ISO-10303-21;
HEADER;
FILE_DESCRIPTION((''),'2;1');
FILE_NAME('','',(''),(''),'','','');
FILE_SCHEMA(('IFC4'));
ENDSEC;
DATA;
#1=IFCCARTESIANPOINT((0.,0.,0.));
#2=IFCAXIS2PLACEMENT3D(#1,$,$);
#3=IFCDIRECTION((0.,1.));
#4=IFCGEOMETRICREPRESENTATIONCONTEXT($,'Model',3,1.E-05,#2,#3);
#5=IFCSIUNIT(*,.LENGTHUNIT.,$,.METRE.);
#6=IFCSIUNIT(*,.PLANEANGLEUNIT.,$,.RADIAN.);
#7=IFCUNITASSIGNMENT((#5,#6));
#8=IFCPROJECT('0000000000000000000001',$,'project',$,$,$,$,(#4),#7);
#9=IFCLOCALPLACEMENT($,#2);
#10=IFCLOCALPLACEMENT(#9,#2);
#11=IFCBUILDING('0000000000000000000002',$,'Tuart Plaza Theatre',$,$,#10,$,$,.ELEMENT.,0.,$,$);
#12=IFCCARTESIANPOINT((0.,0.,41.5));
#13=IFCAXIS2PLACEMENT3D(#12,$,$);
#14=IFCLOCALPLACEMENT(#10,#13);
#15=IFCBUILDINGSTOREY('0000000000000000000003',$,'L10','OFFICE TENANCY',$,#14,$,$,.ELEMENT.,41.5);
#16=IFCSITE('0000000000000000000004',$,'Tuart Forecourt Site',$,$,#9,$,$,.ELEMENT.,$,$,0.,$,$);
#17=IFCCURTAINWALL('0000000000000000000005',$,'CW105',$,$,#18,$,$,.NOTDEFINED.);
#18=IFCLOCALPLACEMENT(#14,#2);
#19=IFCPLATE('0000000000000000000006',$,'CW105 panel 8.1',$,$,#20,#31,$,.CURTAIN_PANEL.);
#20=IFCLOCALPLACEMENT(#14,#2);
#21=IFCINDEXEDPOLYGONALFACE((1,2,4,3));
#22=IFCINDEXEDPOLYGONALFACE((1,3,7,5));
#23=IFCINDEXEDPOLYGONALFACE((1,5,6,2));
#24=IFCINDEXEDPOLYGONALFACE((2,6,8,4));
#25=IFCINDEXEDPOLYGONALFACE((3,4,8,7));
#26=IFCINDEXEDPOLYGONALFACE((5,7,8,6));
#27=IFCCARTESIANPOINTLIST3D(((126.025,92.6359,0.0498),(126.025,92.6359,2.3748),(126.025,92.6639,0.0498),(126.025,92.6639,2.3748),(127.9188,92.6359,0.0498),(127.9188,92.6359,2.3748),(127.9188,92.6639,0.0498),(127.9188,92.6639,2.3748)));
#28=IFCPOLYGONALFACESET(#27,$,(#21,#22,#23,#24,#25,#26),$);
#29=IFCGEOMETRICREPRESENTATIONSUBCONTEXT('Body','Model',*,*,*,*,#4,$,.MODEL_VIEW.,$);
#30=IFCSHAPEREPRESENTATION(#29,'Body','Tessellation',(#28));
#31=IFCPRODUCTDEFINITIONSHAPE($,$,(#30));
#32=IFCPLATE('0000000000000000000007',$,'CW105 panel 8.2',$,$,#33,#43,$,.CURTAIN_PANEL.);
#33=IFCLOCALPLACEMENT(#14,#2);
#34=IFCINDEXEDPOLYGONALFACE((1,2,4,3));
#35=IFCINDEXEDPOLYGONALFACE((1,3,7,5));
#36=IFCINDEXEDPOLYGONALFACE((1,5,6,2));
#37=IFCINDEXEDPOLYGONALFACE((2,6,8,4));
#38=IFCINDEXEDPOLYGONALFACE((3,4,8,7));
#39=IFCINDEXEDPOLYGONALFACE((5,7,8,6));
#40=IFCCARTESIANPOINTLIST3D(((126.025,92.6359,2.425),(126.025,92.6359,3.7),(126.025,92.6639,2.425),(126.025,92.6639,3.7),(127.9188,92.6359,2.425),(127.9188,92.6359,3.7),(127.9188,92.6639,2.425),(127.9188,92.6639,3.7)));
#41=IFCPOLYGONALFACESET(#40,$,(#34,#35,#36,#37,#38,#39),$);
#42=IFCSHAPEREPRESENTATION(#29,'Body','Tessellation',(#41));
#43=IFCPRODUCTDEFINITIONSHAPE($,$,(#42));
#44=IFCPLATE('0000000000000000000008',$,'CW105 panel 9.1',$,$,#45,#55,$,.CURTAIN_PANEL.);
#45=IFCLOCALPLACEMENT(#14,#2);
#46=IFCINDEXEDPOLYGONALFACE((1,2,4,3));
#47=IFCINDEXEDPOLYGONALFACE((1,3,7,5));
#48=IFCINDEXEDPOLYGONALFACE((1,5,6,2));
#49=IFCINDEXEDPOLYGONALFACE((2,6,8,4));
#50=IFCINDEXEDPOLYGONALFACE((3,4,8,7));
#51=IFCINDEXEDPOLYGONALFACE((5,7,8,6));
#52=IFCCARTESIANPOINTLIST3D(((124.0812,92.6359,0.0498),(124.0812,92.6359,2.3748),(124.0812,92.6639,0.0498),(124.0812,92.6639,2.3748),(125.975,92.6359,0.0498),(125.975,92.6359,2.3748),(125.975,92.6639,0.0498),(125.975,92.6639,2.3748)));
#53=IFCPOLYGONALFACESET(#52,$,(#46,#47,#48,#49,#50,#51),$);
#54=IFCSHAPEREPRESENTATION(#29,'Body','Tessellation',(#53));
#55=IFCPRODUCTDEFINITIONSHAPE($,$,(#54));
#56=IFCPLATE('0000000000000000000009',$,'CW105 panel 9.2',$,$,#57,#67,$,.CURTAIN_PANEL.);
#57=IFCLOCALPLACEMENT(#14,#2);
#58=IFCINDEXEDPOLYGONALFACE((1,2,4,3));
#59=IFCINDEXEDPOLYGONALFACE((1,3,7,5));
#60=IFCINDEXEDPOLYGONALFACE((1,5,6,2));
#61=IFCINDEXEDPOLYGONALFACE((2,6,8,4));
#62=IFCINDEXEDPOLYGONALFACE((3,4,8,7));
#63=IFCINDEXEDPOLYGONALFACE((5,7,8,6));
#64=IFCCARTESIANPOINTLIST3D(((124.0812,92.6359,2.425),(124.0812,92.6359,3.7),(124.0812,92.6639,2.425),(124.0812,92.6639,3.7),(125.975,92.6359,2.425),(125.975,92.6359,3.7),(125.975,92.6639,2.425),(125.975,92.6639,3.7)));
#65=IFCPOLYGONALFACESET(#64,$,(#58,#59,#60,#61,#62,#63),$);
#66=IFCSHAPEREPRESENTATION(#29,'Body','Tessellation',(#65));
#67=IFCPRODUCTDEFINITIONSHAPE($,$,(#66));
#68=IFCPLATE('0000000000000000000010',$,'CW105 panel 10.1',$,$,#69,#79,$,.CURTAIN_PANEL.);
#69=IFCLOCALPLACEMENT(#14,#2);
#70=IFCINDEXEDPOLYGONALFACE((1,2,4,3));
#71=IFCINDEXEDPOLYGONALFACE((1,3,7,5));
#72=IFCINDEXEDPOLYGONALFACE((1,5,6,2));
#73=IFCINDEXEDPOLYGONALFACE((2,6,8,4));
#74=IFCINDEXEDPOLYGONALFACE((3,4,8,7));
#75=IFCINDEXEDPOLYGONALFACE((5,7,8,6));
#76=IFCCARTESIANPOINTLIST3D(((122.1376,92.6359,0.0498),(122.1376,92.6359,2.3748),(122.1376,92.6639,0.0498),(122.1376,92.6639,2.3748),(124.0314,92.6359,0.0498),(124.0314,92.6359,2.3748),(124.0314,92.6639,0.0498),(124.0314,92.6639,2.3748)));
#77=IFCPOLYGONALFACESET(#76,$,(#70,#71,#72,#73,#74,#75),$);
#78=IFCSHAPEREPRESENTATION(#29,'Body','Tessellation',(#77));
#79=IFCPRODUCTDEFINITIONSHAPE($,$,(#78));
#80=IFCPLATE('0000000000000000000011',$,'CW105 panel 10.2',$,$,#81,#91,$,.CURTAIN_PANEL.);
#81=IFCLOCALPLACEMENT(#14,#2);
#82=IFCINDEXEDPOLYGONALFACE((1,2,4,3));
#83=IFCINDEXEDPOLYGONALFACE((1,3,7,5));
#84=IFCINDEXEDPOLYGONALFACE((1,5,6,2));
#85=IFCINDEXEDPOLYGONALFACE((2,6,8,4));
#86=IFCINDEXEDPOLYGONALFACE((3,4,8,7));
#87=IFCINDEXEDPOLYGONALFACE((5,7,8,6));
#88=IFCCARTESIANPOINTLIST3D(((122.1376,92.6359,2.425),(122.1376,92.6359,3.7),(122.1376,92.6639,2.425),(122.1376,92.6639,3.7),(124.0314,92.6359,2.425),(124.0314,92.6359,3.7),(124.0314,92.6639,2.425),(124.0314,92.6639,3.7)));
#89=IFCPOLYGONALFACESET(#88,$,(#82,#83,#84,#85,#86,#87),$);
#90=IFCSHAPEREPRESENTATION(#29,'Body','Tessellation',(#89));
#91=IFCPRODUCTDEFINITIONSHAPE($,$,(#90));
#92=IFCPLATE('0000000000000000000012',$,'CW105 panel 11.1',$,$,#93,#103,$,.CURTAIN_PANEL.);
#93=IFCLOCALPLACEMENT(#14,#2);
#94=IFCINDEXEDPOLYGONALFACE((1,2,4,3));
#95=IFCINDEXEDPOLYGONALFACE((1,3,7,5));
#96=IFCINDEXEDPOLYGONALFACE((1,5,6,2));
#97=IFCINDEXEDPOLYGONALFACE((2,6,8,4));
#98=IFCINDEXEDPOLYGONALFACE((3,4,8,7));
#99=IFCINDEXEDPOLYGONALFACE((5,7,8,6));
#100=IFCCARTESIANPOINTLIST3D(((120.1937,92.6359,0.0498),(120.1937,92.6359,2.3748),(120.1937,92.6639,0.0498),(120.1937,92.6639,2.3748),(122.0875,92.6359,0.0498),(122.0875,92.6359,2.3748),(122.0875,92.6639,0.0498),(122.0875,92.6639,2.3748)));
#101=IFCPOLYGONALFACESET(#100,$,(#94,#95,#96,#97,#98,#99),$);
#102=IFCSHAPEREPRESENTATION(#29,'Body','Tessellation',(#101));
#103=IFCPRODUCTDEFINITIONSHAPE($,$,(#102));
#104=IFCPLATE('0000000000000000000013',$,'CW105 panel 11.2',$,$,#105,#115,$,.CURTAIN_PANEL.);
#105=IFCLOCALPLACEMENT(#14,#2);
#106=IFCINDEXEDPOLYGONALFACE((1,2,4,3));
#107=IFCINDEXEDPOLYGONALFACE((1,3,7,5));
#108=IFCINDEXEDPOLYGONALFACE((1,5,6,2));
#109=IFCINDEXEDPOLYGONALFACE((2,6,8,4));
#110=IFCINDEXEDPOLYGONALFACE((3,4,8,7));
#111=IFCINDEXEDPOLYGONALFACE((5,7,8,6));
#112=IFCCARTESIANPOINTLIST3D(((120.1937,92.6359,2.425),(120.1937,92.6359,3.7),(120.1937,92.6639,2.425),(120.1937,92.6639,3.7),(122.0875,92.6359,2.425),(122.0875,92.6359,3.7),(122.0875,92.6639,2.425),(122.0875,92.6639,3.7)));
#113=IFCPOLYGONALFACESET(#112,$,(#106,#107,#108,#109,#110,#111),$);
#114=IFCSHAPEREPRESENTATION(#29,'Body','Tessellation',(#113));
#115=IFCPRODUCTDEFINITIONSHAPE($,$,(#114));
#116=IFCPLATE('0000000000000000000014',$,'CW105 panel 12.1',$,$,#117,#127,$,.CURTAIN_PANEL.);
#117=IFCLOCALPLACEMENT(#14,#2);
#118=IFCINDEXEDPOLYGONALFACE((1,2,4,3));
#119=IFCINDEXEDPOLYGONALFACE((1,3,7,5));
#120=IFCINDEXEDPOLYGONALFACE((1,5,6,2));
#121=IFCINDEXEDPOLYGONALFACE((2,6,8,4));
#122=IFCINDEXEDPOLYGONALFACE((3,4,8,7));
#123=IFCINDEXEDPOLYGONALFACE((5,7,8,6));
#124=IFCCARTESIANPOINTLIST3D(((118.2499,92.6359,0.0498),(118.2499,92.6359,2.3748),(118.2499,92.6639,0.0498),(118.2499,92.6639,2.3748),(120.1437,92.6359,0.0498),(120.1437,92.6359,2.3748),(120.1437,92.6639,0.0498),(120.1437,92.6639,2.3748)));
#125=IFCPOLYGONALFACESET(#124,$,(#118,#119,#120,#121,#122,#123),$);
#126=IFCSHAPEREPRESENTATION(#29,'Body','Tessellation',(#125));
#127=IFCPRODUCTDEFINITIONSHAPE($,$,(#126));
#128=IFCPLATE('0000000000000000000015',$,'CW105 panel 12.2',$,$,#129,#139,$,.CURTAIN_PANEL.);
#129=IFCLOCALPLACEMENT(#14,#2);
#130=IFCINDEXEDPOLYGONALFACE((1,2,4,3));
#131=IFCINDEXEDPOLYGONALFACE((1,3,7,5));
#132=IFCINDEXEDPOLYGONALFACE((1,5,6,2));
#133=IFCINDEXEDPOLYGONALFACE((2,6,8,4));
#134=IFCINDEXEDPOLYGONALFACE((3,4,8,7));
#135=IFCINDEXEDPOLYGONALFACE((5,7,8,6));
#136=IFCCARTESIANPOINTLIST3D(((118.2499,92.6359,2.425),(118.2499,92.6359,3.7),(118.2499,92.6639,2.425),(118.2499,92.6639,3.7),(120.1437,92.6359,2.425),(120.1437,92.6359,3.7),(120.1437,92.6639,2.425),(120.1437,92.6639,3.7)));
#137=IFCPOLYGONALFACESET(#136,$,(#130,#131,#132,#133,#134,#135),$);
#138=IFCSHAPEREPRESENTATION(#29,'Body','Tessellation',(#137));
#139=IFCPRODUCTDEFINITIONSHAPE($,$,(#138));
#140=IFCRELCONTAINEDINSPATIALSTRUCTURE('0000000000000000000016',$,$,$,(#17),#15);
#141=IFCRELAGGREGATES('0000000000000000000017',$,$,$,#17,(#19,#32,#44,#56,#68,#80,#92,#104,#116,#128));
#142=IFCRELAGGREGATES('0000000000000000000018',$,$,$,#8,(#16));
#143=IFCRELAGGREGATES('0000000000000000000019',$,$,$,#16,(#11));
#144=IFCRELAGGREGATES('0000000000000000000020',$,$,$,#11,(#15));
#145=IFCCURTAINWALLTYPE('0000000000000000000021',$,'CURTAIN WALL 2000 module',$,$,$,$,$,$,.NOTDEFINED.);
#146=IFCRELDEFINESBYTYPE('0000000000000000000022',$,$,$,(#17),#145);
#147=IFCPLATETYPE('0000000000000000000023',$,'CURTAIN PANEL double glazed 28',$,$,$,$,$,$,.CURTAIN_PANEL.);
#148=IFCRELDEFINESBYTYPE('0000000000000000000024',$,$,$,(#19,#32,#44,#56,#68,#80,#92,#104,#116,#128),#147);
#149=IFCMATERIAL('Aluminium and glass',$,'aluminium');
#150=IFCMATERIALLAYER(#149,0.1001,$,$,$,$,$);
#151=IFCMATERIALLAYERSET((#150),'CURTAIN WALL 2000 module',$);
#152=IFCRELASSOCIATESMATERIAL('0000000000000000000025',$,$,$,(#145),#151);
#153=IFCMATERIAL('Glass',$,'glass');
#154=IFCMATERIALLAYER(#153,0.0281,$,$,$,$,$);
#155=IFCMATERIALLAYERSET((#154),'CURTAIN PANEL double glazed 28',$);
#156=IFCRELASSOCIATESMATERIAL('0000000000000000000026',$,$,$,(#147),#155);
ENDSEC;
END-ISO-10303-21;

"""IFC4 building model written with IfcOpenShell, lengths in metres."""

from ifc_helpers import new_model, si_unit, direction, frame, origin, origin_2d, place, context, subcontext, project, spatial, rectangle, extrude, material, layer, layer_set, type_object, element, aggregate, save


model = new_model("IFC4")

# Units and contexts
model_context = context("Model", 3, precision=1e-05, world=origin(), true_north=direction((0.0, 1.0)))
body_context = subcontext(model_context, "Body", "Model", "MODEL_VIEW")
ifc_project = project(units=[si_unit("LENGTHUNIT", "METRE"), si_unit("PLANEANGLEUNIT", "RADIAN")], contexts=[model_context])

# Site, building, storey
site_placement = place(None, origin())
site = spatial("IfcSite", under=ifc_project, at=site_placement, Name="Tuart Forecourt Site", CompositionType="ELEMENT", RefElevation=0.0)
building_placement = place(site_placement, origin())
building = spatial("IfcBuilding", under=site, at=building_placement, Name="Tuart Plaza Theatre", CompositionType="ELEMENT", ElevationOfRefHeight=0.0)
storey_placement = place(building_placement, frame((0.0, 0.0, 41.5)))
storey = spatial("IfcBuildingStorey", under=building, at=storey_placement, Name="L10", Description="OFFICE TENANCY", CompositionType="ELEMENT", Elevation=41.5)

# Curtain wall, plates
ifc_material_1 = material(Name="Aluminium and glass", Category="aluminium")
ifc_layer_1 = layer(ifc_material_1, 0.1001)
ifc_layer_set_1 = layer_set([ifc_layer_1], Name="CURTAIN WALL 2000 module")
curtain_wall_type = type_object("IfcCurtainWallType", Name="CURTAIN WALL 2000 module", PredefinedType="NOTDEFINED", material=ifc_layer_set_1)
curtain_wall_placement = place(storey_placement, origin())
curtain_wall = element("IfcCurtainWall", 1, at=curtain_wall_placement, inside=storey, type_object=curtain_wall_type, Name="CW105", PredefinedType="NOTDEFINED")
ifc_material_2 = material(Name="Glass", Category="glass")
ifc_layer_2 = layer(ifc_material_2, 0.0281)
ifc_layer_set_2 = layer_set([ifc_layer_2], Name="CURTAIN PANEL double glazed 28")
plate_type = type_object("IfcPlateType", Name="CURTAIN PANEL double glazed 28", PredefinedType="CURTAIN_PANEL", material=ifc_layer_set_2)
plate_1_placement = place(storey_placement, frame((126.9719, 92.6499, 0.0498), z_axis=(0.0, 0.0, 1.0), x_axis=(-1.0, 0.0, 0.0)))
plate_1 = element("IfcPlate", 2, at=plate_1_placement, type_object=plate_type, Name="CW105 panel 8.1", PredefinedType="CURTAIN_PANEL", context=body_context, shape_type="SweptSolid", body=[
    extrude(rectangle(XDim=1.8938, YDim=0.0281, at=origin_2d()), origin(), (0.0, 0.0, 1.0), 2.325),
])
plate_2_placement = place(storey_placement, frame((126.9719, 92.6499, 2.425), z_axis=(0.0, 0.0, 1.0), x_axis=(-1.0, 0.0, 0.0)))
plate_2 = element("IfcPlate", 3, at=plate_2_placement, type_object=plate_type, Name="CW105 panel 8.2", PredefinedType="CURTAIN_PANEL", context=body_context, shape_type="SweptSolid", body=[
    extrude(rectangle(XDim=1.8938, YDim=0.0281, at=origin_2d()), origin(), (0.0, 0.0, 1.0), 1.2749),
])
plate_3_placement = place(storey_placement, frame((125.0281, 92.6499, 0.0498), z_axis=(0.0, 0.0, 1.0), x_axis=(-1.0, 0.0, 0.0)))
plate_3 = element("IfcPlate", 4, at=plate_3_placement, type_object=plate_type, Name="CW105 panel 9.1", PredefinedType="CURTAIN_PANEL", context=body_context, shape_type="SweptSolid", body=[
    extrude(rectangle(XDim=1.8938, YDim=0.0281, at=origin_2d()), origin(), (0.0, 0.0, 1.0), 2.325),
])
plate_4_placement = place(storey_placement, frame((125.0281, 92.6499, 2.425), z_axis=(0.0, 0.0, 1.0), x_axis=(-1.0, 0.0, 0.0)))
plate_4 = element("IfcPlate", 5, at=plate_4_placement, type_object=plate_type, Name="CW105 panel 9.2", PredefinedType="CURTAIN_PANEL", context=body_context, shape_type="SweptSolid", body=[
    extrude(rectangle(XDim=1.8938, YDim=0.0281, at=origin_2d()), origin(), (0.0, 0.0, 1.0), 1.2749),
])
plate_5_placement = place(storey_placement, frame((123.0845, 92.6499, 0.0498), z_axis=(0.0, 0.0, 1.0), x_axis=(-1.0, 0.0, 0.0)))
plate_5 = element("IfcPlate", 6, at=plate_5_placement, type_object=plate_type, Name="CW105 panel 10.1", PredefinedType="CURTAIN_PANEL", context=body_context, shape_type="SweptSolid", body=[
    extrude(rectangle(XDim=1.8938, YDim=0.0281, at=origin_2d()), origin(), (0.0, 0.0, 1.0), 2.325),
])
plate_6_placement = place(storey_placement, frame((123.0845, 92.6499, 2.425), z_axis=(0.0, 0.0, 1.0), x_axis=(-1.0, 0.0, 0.0)))
plate_6 = element("IfcPlate", 7, at=plate_6_placement, type_object=plate_type, Name="CW105 panel 10.2", PredefinedType="CURTAIN_PANEL", context=body_context, shape_type="SweptSolid", body=[
    extrude(rectangle(XDim=1.8938, YDim=0.0281, at=origin_2d()), origin(), (0.0, 0.0, 1.0), 1.2749),
])
plate_7_placement = place(storey_placement, frame((121.1406, 92.6499, 0.0498), z_axis=(0.0, 0.0, 1.0), x_axis=(-1.0, 0.0, 0.0)))
plate_7 = element("IfcPlate", 8, at=plate_7_placement, type_object=plate_type, Name="CW105 panel 11.1", PredefinedType="CURTAIN_PANEL", context=body_context, shape_type="SweptSolid", body=[
    extrude(rectangle(XDim=1.8938, YDim=0.0281, at=origin_2d()), origin(), (0.0, 0.0, 1.0), 2.325),
])
plate_8_placement = place(storey_placement, frame((121.1406, 92.6499, 2.425), z_axis=(0.0, 0.0, 1.0), x_axis=(-1.0, 0.0, 0.0)))
plate_8 = element("IfcPlate", 9, at=plate_8_placement, type_object=plate_type, Name="CW105 panel 11.2", PredefinedType="CURTAIN_PANEL", context=body_context, shape_type="SweptSolid", body=[
    extrude(rectangle(XDim=1.8938, YDim=0.0281, at=origin_2d()), origin(), (0.0, 0.0, 1.0), 1.2749),
])
plate_9_placement = place(storey_placement, frame((119.1968, 92.6499, 0.0498), z_axis=(0.0, 0.0, 1.0), x_axis=(-1.0, 0.0, 0.0)))
plate_9 = element("IfcPlate", 10, at=plate_9_placement, type_object=plate_type, Name="CW105 panel 12.1", PredefinedType="CURTAIN_PANEL", context=body_context, shape_type="SweptSolid", body=[
    extrude(rectangle(XDim=1.8938, YDim=0.0281, at=origin_2d()), origin(), (0.0, 0.0, 1.0), 2.325),
])
plate_10_placement = place(storey_placement, frame((119.1968, 92.6499, 2.425), z_axis=(0.0, 0.0, 1.0), x_axis=(-1.0, 0.0, 0.0)))
plate_10 = element("IfcPlate", 11, at=plate_10_placement, type_object=plate_type, Name="CW105 panel 12.2", PredefinedType="CURTAIN_PANEL", context=body_context, shape_type="SweptSolid", body=[
    extrude(rectangle(XDim=1.8938, YDim=0.0281, at=origin_2d()), origin(), (0.0, 0.0, 1.0), 1.2749),
])
aggregate(curtain_wall, [plate_1, plate_2, plate_3, plate_4, plate_5, plate_6, plate_7, plate_8, plate_9, plate_10])

save(model, "model.ifc")
